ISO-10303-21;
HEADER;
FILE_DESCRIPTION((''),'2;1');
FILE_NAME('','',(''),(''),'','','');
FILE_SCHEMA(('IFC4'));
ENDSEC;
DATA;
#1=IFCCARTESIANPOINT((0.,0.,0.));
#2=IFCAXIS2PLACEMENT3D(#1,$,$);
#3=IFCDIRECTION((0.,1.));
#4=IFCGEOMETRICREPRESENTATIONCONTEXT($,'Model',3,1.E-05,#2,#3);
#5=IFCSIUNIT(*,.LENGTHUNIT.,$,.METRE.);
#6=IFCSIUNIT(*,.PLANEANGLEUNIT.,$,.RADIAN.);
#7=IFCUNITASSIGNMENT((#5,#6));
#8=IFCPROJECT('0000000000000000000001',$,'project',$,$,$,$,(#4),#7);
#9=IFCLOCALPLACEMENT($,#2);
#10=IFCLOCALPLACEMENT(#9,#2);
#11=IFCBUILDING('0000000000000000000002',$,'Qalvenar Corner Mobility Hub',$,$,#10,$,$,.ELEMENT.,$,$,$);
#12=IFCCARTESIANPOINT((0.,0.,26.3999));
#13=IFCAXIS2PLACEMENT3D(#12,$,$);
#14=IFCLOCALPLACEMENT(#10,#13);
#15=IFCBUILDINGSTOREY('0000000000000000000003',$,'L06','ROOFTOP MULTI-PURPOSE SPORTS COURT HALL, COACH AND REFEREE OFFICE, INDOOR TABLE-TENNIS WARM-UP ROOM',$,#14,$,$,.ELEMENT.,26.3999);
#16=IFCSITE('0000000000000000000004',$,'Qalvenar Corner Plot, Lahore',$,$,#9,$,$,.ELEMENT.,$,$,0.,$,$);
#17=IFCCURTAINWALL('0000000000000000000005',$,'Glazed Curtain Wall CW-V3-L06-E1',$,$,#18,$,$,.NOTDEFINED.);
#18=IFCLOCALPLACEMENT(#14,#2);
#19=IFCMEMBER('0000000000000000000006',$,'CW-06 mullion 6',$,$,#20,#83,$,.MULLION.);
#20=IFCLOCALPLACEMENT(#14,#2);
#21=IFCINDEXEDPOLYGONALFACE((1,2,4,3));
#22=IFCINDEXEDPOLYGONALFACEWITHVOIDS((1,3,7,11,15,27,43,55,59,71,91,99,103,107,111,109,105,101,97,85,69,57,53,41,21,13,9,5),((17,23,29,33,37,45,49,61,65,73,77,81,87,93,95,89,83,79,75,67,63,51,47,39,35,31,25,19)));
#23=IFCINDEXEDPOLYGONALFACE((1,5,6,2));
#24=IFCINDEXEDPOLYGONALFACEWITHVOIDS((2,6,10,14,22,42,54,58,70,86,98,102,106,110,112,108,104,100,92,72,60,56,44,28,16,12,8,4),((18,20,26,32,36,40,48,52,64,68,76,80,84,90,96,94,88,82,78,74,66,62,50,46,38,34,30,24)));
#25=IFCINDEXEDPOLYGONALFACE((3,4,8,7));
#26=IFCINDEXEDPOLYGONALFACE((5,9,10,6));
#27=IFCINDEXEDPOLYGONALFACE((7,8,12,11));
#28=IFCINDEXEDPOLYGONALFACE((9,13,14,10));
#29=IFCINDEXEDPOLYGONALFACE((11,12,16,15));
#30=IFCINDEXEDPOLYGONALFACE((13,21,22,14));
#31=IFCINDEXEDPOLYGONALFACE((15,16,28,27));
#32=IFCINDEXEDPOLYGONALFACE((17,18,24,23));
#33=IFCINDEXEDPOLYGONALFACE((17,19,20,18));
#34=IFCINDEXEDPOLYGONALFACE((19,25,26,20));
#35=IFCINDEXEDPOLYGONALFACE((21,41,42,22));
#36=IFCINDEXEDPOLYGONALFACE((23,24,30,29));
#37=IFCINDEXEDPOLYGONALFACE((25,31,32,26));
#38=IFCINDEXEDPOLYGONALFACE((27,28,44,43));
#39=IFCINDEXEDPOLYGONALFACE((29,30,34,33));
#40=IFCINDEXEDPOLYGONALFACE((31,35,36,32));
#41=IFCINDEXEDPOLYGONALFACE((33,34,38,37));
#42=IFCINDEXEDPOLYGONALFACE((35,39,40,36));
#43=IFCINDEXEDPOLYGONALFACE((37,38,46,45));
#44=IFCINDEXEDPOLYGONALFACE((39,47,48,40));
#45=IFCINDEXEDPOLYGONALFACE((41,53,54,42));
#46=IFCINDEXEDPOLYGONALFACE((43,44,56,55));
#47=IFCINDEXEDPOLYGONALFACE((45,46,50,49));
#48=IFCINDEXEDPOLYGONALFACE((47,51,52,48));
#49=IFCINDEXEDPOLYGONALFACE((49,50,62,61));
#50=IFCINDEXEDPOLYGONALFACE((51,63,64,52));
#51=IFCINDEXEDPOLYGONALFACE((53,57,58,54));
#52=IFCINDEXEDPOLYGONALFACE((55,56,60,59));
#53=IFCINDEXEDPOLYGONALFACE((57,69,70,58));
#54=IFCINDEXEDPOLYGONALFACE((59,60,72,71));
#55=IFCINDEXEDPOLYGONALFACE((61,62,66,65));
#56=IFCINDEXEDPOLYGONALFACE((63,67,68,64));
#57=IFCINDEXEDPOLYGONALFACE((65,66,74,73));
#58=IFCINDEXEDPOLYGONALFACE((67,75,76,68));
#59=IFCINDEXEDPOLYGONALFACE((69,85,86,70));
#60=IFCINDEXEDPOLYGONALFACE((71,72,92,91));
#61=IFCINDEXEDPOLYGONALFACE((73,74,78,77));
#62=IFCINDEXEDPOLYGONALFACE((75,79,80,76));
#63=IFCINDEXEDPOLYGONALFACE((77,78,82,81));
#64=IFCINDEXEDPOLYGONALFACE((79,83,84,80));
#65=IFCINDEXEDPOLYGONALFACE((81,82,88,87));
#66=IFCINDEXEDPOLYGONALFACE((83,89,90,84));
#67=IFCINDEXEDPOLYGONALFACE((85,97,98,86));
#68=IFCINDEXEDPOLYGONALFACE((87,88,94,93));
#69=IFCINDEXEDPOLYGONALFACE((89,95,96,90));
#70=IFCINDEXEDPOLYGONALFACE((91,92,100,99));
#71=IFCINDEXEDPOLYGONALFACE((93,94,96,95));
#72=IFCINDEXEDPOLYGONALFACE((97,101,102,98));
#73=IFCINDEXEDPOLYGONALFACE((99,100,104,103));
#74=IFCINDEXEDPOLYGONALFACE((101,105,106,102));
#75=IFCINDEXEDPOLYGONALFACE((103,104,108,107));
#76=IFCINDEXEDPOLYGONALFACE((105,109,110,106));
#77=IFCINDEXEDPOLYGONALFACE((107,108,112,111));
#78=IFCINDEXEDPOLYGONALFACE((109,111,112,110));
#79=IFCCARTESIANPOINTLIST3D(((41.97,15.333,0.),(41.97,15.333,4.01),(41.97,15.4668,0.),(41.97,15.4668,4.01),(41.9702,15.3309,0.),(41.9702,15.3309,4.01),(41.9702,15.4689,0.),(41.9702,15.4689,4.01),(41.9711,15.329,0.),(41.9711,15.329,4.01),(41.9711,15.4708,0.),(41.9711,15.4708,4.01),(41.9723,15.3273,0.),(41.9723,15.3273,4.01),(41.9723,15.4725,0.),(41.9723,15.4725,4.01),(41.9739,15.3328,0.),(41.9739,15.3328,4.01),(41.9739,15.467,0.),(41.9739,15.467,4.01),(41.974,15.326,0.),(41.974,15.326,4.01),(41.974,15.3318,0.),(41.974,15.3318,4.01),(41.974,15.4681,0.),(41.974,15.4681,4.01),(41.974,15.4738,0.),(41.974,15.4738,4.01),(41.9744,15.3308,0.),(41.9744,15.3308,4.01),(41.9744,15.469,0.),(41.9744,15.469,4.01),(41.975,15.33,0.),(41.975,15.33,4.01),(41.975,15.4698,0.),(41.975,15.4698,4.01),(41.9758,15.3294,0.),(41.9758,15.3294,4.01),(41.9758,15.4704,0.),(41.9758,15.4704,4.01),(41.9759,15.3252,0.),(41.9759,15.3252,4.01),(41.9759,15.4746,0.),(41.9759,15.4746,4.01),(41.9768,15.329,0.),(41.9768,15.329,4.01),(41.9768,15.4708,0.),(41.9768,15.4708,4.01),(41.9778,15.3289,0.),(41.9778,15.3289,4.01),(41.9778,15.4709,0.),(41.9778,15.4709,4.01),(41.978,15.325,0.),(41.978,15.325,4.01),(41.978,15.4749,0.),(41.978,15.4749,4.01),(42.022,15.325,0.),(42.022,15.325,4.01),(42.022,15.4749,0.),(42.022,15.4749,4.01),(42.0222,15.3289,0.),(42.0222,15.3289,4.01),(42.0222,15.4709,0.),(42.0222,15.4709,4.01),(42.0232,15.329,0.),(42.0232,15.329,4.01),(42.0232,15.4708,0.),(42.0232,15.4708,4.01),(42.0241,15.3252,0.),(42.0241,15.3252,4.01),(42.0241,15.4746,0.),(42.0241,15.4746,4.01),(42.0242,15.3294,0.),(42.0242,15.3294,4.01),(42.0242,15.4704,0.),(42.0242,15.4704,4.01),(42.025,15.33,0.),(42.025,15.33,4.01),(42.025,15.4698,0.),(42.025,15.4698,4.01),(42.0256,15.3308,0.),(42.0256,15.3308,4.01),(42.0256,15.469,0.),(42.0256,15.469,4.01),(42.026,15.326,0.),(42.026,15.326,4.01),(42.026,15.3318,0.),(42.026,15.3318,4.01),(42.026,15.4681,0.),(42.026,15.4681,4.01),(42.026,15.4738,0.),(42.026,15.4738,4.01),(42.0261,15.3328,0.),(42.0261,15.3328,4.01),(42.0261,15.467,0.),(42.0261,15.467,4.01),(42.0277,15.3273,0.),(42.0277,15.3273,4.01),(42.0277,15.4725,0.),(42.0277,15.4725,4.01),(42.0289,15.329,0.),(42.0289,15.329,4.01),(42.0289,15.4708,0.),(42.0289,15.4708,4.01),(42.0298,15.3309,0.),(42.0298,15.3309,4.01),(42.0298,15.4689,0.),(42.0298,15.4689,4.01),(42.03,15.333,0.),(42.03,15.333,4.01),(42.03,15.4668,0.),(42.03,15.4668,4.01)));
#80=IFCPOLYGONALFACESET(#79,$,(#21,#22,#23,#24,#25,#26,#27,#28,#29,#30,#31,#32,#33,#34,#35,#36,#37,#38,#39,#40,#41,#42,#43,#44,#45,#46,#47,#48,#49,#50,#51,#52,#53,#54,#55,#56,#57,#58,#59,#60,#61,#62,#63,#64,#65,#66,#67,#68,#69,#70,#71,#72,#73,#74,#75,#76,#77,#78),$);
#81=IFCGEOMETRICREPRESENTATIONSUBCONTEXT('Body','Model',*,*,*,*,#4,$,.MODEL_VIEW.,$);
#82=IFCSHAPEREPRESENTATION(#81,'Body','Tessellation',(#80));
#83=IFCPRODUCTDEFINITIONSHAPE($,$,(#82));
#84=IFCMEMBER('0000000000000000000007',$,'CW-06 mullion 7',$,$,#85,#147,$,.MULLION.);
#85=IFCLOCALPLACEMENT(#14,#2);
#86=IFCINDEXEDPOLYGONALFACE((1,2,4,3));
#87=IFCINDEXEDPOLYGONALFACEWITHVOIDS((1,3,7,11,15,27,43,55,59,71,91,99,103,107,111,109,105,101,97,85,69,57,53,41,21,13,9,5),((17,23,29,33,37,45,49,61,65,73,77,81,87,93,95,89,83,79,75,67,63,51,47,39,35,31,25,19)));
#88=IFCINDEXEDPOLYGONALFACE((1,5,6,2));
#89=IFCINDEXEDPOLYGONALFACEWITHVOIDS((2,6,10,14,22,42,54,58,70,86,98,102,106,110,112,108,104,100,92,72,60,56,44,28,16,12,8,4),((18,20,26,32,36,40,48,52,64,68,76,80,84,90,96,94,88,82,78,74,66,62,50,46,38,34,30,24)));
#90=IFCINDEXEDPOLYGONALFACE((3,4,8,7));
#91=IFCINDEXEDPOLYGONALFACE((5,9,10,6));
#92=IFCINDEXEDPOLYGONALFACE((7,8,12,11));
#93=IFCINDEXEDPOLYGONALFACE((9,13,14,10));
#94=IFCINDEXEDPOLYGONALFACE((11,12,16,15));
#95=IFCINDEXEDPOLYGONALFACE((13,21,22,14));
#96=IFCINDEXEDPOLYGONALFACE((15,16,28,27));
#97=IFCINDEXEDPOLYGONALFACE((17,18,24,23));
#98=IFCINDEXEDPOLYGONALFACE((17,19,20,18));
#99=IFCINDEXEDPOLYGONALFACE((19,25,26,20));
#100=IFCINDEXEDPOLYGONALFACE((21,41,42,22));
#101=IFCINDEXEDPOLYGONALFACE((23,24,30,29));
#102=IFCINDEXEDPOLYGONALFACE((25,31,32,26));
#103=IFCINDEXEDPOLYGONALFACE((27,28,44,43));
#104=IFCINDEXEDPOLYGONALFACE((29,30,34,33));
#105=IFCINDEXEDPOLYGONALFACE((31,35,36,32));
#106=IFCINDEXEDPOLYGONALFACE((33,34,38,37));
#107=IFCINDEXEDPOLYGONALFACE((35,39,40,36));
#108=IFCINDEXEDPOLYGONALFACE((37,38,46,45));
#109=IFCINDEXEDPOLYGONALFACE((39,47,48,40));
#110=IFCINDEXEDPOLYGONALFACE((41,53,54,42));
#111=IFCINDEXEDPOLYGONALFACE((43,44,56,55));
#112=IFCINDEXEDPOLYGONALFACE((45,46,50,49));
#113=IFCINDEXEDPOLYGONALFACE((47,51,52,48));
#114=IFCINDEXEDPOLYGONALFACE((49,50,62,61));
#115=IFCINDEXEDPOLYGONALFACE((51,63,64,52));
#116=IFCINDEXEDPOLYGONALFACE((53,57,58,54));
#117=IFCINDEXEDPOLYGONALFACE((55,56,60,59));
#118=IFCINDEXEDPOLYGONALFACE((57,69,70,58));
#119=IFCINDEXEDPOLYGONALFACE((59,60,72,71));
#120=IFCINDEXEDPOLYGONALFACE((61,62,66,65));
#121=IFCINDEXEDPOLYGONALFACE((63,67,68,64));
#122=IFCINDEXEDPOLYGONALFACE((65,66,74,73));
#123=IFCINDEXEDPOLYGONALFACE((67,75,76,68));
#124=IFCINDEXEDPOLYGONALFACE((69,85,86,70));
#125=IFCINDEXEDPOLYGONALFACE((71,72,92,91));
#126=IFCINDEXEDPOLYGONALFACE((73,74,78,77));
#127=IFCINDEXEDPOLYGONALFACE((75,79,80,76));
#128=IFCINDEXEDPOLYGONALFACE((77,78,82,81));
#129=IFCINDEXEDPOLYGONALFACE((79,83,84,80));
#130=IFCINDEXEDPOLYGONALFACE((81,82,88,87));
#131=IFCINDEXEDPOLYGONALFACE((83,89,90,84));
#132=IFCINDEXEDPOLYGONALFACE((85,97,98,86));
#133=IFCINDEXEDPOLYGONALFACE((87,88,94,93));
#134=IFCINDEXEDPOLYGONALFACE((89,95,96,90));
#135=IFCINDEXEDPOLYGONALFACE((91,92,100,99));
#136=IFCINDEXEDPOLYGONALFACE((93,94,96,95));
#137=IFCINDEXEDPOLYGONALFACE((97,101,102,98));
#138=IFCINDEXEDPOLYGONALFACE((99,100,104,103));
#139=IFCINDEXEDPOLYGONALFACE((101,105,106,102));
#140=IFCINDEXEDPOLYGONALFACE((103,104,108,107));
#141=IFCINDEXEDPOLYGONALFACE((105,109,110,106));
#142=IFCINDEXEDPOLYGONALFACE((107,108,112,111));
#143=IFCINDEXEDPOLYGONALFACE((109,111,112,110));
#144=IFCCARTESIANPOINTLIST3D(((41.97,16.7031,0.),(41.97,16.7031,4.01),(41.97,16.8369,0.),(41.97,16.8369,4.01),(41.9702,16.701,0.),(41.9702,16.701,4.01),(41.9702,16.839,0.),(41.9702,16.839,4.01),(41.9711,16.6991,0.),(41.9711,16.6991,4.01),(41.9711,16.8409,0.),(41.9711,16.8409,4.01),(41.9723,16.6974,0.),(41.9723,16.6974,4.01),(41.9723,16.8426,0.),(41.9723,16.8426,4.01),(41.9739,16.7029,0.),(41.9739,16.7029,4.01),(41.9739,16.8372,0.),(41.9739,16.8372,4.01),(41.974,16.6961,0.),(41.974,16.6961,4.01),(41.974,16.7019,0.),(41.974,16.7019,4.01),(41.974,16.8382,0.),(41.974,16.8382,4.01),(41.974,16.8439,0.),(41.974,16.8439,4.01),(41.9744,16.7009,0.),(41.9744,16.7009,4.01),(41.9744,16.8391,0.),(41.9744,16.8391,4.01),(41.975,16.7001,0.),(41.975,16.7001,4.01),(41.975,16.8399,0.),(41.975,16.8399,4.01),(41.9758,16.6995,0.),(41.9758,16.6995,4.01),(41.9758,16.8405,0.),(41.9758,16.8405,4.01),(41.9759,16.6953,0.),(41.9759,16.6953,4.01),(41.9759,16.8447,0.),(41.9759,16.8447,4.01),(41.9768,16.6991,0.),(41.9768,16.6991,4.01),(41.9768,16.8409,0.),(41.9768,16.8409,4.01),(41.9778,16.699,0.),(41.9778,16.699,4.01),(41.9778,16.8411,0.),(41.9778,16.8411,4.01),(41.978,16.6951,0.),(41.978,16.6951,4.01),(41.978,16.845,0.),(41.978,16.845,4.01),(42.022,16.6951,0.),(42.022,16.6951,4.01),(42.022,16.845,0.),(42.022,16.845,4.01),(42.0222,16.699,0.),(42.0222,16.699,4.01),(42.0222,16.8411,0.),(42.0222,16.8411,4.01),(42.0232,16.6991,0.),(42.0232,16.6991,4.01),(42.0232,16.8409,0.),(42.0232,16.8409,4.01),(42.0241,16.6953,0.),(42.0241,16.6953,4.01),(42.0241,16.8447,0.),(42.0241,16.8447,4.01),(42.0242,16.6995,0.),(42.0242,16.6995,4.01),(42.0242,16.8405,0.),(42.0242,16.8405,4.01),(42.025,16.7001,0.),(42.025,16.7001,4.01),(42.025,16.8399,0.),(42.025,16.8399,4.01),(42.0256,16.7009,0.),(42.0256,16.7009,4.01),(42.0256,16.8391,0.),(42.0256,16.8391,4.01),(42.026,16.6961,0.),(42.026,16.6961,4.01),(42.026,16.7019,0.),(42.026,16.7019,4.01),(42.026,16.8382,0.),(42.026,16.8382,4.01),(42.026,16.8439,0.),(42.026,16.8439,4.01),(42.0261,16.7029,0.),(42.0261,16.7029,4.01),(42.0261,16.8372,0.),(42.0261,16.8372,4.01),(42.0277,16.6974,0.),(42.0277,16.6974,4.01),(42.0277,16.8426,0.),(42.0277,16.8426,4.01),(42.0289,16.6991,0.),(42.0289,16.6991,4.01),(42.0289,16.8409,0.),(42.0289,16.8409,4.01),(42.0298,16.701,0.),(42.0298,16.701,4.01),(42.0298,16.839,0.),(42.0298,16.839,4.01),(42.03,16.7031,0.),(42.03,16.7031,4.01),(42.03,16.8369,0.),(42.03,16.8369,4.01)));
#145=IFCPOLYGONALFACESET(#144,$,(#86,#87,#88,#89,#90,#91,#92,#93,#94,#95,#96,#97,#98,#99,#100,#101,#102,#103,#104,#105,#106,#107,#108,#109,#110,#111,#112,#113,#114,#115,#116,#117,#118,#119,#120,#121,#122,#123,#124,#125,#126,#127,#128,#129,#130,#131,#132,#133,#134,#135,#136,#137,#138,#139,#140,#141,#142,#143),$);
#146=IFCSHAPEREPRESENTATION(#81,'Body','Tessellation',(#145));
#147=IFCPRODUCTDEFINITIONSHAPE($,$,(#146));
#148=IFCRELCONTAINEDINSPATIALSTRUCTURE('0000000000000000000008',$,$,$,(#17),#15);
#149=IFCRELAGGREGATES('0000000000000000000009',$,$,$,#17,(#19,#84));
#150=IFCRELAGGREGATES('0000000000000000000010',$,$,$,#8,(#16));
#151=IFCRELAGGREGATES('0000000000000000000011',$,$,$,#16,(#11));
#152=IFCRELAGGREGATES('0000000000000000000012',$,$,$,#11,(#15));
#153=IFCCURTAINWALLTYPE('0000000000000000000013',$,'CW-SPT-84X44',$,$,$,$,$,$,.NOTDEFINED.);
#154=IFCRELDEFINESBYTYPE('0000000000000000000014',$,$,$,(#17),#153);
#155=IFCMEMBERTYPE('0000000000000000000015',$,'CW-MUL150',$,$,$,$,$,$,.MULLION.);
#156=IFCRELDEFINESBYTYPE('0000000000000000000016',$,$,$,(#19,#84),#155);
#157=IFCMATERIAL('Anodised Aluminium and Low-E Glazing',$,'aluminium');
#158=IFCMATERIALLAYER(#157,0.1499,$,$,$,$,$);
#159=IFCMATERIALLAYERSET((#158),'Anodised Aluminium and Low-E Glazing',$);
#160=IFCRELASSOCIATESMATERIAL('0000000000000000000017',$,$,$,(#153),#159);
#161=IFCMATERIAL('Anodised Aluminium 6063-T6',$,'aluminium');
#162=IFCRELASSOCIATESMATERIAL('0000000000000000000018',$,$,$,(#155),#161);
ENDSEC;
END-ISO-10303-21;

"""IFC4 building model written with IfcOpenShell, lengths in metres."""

from ifc_helpers import new_model, si_unit, direction, frame, origin, origin_2d, place, context, subcontext, project, spatial, hollow_rectangle, extrude, material, layer, layer_set, material_profile, profile_set, type_object, element, aggregate, save


model = new_model("IFC4")

# Units and contexts
model_context = context("Model", 3, precision=1e-05, world=origin(), true_north=direction((0.0, 1.0)))
body_context = subcontext(model_context, "Body", "Model", "MODEL_VIEW")
ifc_project = project(units=[si_unit("LENGTHUNIT", "METRE"), si_unit("PLANEANGLEUNIT", "RADIAN")], contexts=[model_context])

# Site, building, storey
site_placement = place(None, origin())
site = spatial("IfcSite", under=ifc_project, at=site_placement, Name="Qalvenar Corner Plot, Lahore", CompositionType="ELEMENT", RefElevation=0.0)
building_placement = place(site_placement, origin())
building = spatial("IfcBuilding", under=site, at=building_placement, Name="Qalvenar Corner Mobility Hub", CompositionType="ELEMENT")
storey_placement = place(building_placement, frame((0.0, 0.0, 26.3999)))
storey = spatial("IfcBuildingStorey", under=building, at=storey_placement, Name="L06", Description="ROOFTOP MULTI-PURPOSE SPORTS COURT HALL, COACH AND REFEREE OFFICE, INDOOR TABLE-TENNIS WARM-UP ROOM", CompositionType="ELEMENT", Elevation=26.3999)

# Curtain wall, members
ifc_material_1 = material(Name="Anodised Aluminium and Low-E Glazing", Category="aluminium")
ifc_layer_1 = layer(ifc_material_1, 0.1499)
ifc_layer_set_1 = layer_set([ifc_layer_1], Name="Anodised Aluminium and Low-E Glazing")
curtain_wall_type = type_object("IfcCurtainWallType", Name="CW-SPT-84X44", PredefinedType="NOTDEFINED", material=ifc_layer_set_1)
curtain_wall_placement = place(storey_placement, origin())
curtain_wall = element("IfcCurtainWall", 1, at=curtain_wall_placement, inside=storey, type_object=curtain_wall_type, Name="Glazed Curtain Wall CW-V3-L06-E1", PredefinedType="NOTDEFINED")
ifc_material_2 = material(Name="Anodised Aluminium 6063-T6", Category="aluminium")
ifc_material_profile_1 = material_profile(ifc_material_2, hollow_rectangle(XDim=0.0601, YDim=0.1499, WallThickness=0.0039, InnerFilletRadius=0.0039, OuterFilletRadius=0.0081, at=origin_2d()), Name="RHS150x60x4")
ifc_profile_set_1 = profile_set([ifc_material_profile_1], Name="Anodised Aluminium 6063-T6")
member_type_1 = type_object("IfcMemberType", Name="CW-MUL150", PredefinedType="MULLION", material=ifc_profile_set_1)
member_1_placement = place(storey_placement, frame((42.0, 15.3999, 0.0), z_axis=(0.0, 0.0, 1.0), x_axis=(-1.0, 0.0, 0.0)))
member_1 = element("IfcMember", 2, at=member_1_placement, type_object=member_type_1, Name="CW-06 mullion 6", PredefinedType="MULLION", context=body_context, shape_type="SweptSolid", body=[
    extrude(hollow_rectangle(XDim=0.0601, YDim=0.1499, WallThickness=0.0039, InnerFilletRadius=0.0039, OuterFilletRadius=0.0081, at=origin_2d()), origin(), (0.0, 0.0, 1.0), 4.01),
])
member_2_placement = place(storey_placement, frame((42.0, 16.77, 0.0), z_axis=(0.0, 0.0, 1.0), x_axis=(-1.0, 0.0, 0.0)))
member_2 = element("IfcMember", 3, at=member_2_placement, type_object=member_type_1, Name="CW-06 mullion 7", PredefinedType="MULLION", context=body_context, shape_type="SweptSolid", body=[
    extrude(hollow_rectangle(XDim=0.0601, YDim=0.1499, WallThickness=0.0039, InnerFilletRadius=0.0039, OuterFilletRadius=0.0081, at=origin_2d()), origin(), (0.0, 0.0, 1.0), 4.01),
])
aggregate(curtain_wall, [member_1, member_2])

save(model, "model.ifc")
